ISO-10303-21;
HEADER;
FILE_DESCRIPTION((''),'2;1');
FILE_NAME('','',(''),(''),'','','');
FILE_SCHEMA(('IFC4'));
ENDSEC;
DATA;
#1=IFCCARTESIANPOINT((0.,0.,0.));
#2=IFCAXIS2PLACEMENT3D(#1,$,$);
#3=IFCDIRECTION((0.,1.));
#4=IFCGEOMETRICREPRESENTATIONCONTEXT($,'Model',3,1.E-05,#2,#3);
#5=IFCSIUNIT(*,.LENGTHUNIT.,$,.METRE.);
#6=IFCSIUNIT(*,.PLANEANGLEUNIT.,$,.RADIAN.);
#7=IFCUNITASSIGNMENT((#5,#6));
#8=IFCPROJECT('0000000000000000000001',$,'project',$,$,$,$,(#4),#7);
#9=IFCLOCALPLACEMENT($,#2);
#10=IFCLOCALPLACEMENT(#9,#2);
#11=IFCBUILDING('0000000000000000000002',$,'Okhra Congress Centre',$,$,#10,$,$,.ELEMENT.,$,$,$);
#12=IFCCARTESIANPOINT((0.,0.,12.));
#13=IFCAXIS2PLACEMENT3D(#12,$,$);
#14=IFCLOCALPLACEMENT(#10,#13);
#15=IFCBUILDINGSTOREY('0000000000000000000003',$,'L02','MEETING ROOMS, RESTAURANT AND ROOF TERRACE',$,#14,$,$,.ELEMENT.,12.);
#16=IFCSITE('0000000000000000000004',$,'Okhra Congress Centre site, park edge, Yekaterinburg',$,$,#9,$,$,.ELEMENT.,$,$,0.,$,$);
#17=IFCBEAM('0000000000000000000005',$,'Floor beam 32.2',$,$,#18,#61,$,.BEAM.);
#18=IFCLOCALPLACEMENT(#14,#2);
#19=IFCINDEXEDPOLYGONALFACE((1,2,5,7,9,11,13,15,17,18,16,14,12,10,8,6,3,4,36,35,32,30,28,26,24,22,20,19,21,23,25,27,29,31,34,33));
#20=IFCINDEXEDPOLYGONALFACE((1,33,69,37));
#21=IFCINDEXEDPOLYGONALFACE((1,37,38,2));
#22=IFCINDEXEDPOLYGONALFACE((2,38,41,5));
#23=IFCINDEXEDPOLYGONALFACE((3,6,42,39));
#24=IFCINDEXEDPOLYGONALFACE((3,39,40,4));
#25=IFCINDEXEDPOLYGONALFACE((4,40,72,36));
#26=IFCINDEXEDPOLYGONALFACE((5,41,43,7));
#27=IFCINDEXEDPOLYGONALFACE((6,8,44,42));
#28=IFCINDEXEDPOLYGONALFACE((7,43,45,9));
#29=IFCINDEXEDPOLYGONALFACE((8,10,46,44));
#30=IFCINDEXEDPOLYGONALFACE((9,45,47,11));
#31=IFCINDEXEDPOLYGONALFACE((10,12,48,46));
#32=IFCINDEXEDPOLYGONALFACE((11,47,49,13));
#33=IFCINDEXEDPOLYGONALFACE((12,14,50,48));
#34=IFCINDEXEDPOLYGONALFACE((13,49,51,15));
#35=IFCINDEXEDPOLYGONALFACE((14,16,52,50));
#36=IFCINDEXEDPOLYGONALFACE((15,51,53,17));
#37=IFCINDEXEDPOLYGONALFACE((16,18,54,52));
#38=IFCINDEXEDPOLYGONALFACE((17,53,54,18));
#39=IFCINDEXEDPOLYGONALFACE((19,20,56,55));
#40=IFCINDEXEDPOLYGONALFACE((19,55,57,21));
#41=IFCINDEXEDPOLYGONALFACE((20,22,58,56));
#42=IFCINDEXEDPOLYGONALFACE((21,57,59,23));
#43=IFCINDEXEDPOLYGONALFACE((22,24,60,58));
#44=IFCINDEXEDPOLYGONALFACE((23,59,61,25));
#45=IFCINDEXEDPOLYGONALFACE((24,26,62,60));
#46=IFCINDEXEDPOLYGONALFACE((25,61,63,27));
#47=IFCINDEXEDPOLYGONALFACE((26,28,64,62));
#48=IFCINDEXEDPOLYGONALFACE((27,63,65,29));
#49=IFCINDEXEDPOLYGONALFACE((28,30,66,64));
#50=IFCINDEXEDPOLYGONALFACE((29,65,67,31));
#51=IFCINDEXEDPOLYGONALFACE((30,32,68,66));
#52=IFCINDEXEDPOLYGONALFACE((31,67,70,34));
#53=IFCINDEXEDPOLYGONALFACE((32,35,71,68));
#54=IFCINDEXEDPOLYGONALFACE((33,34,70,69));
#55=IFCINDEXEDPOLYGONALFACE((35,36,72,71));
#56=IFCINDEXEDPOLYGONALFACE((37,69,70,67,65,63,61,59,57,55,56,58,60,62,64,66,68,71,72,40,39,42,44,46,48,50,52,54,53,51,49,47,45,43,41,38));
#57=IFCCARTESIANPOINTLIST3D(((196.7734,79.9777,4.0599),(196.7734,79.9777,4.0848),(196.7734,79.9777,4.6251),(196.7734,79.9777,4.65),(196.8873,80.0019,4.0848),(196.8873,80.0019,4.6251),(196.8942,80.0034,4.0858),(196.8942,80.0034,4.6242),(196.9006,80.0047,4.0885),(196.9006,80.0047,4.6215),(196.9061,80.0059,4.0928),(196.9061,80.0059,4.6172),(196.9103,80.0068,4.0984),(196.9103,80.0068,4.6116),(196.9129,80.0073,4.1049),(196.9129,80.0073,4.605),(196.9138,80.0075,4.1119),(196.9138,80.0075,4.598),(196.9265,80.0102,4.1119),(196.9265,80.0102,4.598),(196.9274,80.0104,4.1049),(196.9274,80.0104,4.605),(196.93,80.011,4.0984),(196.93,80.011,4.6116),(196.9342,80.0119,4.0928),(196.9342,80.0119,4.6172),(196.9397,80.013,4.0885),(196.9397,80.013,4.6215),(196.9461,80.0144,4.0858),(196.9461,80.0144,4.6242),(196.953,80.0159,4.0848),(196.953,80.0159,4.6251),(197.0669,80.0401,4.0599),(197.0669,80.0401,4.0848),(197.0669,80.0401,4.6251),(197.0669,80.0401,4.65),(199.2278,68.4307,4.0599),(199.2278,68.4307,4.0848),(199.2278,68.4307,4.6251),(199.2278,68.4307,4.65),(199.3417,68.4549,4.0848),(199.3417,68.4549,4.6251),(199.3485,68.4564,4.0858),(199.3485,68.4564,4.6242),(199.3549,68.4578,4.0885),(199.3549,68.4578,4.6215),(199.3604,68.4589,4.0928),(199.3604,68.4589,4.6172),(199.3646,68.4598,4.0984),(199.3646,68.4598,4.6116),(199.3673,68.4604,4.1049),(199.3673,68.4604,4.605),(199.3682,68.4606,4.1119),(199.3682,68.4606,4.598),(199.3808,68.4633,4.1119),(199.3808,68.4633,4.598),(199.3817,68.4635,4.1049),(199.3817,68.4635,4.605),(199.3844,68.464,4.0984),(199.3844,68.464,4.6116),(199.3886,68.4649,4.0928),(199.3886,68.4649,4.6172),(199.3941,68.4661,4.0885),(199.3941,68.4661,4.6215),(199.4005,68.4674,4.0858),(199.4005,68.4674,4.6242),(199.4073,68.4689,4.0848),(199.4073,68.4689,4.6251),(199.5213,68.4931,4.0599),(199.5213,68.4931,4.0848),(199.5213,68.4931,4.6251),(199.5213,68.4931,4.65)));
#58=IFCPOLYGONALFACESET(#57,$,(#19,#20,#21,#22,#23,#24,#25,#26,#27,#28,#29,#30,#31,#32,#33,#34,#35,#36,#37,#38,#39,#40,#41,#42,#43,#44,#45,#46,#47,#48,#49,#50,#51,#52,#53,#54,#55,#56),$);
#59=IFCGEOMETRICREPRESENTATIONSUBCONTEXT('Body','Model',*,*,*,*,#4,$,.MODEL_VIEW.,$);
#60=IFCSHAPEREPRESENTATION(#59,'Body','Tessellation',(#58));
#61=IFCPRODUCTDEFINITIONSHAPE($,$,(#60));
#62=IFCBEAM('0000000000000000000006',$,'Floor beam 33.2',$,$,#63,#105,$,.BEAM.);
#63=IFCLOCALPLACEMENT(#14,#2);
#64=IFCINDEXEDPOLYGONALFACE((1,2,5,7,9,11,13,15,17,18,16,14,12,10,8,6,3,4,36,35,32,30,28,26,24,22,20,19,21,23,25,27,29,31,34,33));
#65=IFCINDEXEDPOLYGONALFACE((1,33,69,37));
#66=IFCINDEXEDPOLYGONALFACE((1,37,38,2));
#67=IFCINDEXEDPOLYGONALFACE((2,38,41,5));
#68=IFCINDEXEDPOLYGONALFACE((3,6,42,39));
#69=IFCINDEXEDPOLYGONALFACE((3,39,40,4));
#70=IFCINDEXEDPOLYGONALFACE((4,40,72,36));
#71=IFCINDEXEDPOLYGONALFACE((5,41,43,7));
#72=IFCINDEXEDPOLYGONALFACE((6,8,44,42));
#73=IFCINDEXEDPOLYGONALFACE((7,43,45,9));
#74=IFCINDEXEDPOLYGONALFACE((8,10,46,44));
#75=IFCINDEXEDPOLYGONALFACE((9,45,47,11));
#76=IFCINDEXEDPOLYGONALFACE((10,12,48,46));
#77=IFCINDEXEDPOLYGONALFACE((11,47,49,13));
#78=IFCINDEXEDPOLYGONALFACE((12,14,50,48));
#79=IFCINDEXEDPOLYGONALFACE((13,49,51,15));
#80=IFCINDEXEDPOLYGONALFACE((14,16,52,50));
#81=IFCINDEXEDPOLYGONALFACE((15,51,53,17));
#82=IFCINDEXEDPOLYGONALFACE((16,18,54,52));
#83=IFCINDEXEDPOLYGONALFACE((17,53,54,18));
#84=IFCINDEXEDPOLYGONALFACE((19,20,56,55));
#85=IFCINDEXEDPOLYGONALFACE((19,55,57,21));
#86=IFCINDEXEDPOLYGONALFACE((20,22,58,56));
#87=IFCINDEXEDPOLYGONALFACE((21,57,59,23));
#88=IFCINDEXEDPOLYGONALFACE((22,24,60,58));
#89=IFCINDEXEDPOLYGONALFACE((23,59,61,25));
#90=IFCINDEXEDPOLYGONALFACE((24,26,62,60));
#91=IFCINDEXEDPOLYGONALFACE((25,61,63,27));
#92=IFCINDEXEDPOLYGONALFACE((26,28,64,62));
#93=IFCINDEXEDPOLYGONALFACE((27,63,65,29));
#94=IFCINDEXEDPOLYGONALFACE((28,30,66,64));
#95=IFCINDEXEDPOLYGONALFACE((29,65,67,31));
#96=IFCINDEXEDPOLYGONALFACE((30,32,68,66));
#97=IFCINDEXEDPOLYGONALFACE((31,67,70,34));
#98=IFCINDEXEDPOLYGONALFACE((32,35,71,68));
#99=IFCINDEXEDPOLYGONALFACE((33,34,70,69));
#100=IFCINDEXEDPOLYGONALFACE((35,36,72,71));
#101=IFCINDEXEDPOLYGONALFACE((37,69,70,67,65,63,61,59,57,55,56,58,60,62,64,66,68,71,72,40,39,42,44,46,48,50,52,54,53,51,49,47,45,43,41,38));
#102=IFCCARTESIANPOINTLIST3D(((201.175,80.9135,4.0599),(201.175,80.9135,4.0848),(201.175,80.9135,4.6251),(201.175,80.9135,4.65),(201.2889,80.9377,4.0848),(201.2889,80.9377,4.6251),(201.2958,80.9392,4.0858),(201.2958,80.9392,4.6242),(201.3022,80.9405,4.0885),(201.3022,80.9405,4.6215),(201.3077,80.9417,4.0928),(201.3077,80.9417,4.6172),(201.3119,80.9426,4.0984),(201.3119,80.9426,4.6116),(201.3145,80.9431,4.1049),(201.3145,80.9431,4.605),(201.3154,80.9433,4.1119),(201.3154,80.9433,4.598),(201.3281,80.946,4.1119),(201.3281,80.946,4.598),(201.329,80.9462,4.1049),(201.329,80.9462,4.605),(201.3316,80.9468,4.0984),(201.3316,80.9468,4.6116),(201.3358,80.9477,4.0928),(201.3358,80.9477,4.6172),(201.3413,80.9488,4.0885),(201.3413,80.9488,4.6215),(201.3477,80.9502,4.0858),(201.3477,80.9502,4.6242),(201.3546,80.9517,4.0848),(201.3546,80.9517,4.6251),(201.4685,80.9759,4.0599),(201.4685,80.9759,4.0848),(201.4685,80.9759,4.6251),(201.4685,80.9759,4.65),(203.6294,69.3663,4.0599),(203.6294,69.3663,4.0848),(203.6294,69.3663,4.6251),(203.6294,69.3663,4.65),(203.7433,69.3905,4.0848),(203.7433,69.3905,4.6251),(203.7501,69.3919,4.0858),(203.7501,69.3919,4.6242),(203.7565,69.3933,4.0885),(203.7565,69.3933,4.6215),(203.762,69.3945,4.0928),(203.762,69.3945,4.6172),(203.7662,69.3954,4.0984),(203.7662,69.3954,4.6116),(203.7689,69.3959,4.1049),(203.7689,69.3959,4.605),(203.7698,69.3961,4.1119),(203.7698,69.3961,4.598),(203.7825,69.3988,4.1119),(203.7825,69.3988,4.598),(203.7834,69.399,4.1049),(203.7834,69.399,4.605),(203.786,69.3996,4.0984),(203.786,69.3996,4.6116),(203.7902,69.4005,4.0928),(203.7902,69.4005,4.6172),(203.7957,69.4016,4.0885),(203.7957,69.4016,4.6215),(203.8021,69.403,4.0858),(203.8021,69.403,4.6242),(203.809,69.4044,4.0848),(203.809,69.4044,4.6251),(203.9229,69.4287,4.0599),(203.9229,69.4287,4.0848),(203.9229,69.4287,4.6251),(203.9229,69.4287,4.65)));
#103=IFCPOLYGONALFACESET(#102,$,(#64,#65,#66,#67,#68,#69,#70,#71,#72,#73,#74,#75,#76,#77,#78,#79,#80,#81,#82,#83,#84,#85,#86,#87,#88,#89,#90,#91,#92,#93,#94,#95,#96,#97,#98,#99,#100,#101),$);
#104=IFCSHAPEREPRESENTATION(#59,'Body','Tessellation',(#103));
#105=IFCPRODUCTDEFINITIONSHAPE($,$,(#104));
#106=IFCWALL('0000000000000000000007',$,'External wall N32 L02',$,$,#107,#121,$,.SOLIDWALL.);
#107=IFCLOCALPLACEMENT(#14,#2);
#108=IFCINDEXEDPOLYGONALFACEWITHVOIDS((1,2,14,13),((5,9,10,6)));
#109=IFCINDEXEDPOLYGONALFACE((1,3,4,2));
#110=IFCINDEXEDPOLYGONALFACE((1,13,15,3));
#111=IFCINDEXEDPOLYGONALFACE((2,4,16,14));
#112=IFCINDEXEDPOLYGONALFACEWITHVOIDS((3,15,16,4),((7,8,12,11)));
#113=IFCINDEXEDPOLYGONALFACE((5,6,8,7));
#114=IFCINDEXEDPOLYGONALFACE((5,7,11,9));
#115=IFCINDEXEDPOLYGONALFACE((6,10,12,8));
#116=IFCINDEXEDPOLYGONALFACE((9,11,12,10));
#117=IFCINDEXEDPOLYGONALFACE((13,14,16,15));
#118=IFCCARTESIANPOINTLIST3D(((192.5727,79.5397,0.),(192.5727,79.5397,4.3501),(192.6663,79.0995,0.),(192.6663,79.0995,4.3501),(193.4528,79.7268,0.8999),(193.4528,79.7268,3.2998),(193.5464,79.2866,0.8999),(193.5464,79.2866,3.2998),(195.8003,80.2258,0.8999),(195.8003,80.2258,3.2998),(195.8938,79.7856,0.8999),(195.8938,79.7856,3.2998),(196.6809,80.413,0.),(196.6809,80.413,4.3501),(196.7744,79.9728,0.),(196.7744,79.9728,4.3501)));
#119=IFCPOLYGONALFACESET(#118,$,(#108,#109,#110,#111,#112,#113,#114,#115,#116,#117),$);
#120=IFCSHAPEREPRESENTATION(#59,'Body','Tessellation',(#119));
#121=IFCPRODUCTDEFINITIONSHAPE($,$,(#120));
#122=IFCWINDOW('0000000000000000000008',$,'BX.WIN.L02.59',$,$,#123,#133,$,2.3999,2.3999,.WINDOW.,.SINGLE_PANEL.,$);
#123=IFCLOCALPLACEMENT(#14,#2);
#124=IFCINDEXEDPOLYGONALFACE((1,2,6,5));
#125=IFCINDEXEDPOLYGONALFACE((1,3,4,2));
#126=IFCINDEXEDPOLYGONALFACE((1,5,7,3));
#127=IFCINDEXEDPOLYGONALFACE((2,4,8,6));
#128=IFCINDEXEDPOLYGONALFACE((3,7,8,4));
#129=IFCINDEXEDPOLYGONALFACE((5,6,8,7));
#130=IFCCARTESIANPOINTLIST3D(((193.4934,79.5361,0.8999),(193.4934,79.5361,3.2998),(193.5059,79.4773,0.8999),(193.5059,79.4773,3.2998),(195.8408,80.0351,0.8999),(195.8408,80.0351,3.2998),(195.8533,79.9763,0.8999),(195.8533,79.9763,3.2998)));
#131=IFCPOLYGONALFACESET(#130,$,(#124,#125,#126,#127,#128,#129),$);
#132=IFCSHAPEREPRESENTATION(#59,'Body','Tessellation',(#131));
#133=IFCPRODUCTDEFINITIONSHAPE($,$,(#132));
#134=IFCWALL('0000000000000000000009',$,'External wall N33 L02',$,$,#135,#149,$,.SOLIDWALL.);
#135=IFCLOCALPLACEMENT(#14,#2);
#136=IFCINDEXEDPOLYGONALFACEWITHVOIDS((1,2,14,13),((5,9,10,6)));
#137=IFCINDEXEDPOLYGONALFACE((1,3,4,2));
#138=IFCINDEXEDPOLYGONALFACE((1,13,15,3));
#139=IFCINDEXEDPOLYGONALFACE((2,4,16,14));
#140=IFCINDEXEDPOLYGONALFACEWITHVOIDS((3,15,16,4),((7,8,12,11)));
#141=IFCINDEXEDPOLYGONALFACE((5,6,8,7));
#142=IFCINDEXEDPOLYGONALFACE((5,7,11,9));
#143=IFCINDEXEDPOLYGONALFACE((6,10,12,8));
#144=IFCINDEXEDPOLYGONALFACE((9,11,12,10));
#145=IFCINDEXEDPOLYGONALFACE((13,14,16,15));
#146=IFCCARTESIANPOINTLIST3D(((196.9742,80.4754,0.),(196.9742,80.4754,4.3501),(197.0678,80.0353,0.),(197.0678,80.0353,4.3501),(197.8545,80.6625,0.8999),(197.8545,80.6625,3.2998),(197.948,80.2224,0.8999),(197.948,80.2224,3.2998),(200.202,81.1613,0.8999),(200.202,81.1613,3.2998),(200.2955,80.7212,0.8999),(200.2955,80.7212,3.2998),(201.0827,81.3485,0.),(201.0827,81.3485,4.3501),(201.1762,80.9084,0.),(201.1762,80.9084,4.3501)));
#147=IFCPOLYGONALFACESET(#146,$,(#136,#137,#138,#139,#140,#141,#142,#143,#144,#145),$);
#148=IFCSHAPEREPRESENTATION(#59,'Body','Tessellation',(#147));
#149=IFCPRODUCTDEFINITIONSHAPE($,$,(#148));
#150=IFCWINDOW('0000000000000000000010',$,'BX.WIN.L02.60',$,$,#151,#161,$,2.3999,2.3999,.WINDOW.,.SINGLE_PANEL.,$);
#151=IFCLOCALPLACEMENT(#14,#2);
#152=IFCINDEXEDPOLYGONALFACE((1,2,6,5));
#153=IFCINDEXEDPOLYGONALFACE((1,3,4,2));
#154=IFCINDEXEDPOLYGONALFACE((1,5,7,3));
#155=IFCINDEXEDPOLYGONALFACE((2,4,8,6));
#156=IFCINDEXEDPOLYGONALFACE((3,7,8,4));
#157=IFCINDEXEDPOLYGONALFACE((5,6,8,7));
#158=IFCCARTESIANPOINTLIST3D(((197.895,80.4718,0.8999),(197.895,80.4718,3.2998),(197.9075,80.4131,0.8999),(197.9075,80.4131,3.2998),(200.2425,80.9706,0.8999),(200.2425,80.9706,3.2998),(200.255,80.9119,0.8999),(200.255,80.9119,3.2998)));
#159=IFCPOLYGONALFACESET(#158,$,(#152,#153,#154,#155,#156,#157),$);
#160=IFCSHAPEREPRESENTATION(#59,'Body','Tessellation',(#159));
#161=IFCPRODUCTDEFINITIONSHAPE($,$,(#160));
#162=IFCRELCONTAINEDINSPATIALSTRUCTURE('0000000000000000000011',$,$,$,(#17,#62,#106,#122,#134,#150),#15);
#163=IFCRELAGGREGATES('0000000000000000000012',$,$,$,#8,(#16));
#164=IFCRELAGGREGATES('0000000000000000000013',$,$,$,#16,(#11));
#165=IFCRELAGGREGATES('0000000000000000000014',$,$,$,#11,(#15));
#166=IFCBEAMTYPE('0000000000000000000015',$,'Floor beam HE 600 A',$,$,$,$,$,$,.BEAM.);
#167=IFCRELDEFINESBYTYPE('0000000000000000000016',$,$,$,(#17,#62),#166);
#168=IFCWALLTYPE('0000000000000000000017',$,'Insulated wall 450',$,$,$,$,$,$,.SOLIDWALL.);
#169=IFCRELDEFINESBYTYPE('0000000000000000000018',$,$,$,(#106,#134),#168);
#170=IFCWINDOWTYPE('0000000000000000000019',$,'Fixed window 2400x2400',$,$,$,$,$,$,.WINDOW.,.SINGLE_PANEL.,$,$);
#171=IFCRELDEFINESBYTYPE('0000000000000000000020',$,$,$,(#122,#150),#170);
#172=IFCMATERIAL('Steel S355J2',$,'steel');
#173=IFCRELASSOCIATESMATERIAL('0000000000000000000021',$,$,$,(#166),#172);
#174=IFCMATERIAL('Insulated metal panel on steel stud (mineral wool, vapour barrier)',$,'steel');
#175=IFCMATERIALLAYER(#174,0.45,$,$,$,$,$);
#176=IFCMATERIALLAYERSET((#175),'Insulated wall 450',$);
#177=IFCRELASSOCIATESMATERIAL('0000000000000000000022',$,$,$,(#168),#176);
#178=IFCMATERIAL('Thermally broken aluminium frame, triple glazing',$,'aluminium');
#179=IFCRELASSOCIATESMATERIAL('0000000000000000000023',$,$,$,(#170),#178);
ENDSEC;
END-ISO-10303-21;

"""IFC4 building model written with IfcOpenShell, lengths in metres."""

from ifc_helpers import new_model, si_unit, direction, frame, frame_2d, origin, origin_2d, place, context, subcontext, project, spatial, rectangle, i_section, extrude, material, layer, layer_set, material_profile, profile_set, type_object, element, fill, save


model = new_model("IFC4")

# Units and contexts
model_context = context("Model", 3, precision=1e-05, world=origin(), true_north=direction((0.0, 1.0)))
body_context = subcontext(model_context, "Body", "Model", "MODEL_VIEW")
ifc_project = project(units=[si_unit("LENGTHUNIT", "METRE"), si_unit("PLANEANGLEUNIT", "RADIAN")], contexts=[model_context])

# Site, building, storey
site_placement = place(None, origin())
site = spatial("IfcSite", under=ifc_project, at=site_placement, Name="Okhra Congress Centre site, park edge, Yekaterinburg", CompositionType="ELEMENT", RefElevation=0.0)
building_placement = place(site_placement, origin())
building = spatial("IfcBuilding", under=site, at=building_placement, Name="Okhra Congress Centre", CompositionType="ELEMENT")
storey_placement = place(building_placement, frame((0.0, 0.0, 12.0)))
storey = spatial("IfcBuildingStorey", under=building, at=storey_placement, Name="L02", Description="MEETING ROOMS, RESTAURANT AND ROOF TERRACE", CompositionType="ELEMENT", Elevation=12.0)

# Shared definitions
ifc_material_1 = material(Name="Steel S355J2", Category="steel")

# Beams
ifc_material_profile_1 = material_profile(ifc_material_1, i_section(OverallWidth=0.3, OverallDepth=0.5901, WebThickness=0.0129, FlangeThickness=0.0249, FilletRadius=0.0271, at=origin_2d()), Name="HE 600 A")
ifc_profile_set_1 = profile_set([ifc_material_profile_1], Name="Steel S355J2")
beam_type_1 = type_object("IfcBeamType", Name="Floor beam HE 600 A", PredefinedType="BEAM", material=ifc_profile_set_1)
beam_1_placement = place(storey_placement, frame((199.3745, 68.4619, 4.355), z_axis=(-0.20791, 0.978148, 0.0), x_axis=(-0.978148, -0.20791, 0.0)))
element("IfcBeam", 1, at=beam_1_placement, inside=storey, type_object=beam_type_1, Name="Floor beam 32.2", PredefinedType="BEAM", context=body_context, shape_type="SweptSolid", body=[
    extrude(i_section(OverallWidth=0.3, OverallDepth=0.5901, WebThickness=0.0129, FlangeThickness=0.0249, FilletRadius=0.0271, at=origin_2d()), origin(), (0.0, 0.0, 1.0), 11.8049),
])
beam_2_placement = place(storey_placement, frame((203.7761, 69.3975, 4.355), z_axis=(-0.207906, 0.978149, 0.0), x_axis=(-0.978149, -0.207906, 0.0)))
element("IfcBeam", 2, at=beam_2_placement, inside=storey, type_object=beam_type_1, Name="Floor beam 33.2", PredefinedType="BEAM", context=body_context, shape_type="SweptSolid", body=[
    extrude(i_section(OverallWidth=0.3, OverallDepth=0.5901, WebThickness=0.0129, FlangeThickness=0.0249, FilletRadius=0.0271, at=origin_2d()), origin(), (0.0, 0.0, 1.0), 11.8052),
])

# Walls, openings, windows
ifc_material_2 = material(Name="Insulated metal panel on steel stud (mineral wool, vapour barrier)", Category="steel")
ifc_layer_1 = layer(ifc_material_2, 0.45)
ifc_layer_set_1 = layer_set([ifc_layer_1], Name="Insulated wall 450")
wall_type_1 = type_object("IfcWallType", Name="Insulated wall 450", PredefinedType="SOLIDWALL", material=ifc_layer_set_1)
wall_1_placement = place(storey_placement, frame((192.6194, 79.3196, 0.0), z_axis=(0.0, 0.0, 1.0), x_axis=(0.978144, 0.207929, 0.0)))
wall_1 = element("IfcWall", 3, at=wall_1_placement, inside=storey, type_object=wall_type_1, Name="External wall N32 L02", PredefinedType="SOLIDWALL", context=body_context, shape_type="SweptSolid", body=[
    extrude(rectangle(XDim=4.2, YDim=0.45, at=frame_2d((2.1001, 0.0))), origin(), (0.0, 0.0, 1.0), 4.3501),
])
opening_1_placement = place(wall_1_placement, frame((0.8999, 0.0, 0.8999)))
opening_1 = element("IfcOpeningElement", 4, at=opening_1_placement, cuts=wall_1, PredefinedType="OPENING", context=body_context, shape_type="SweptSolid", body=[
    extrude(rectangle(XDim=2.3999, YDim=2.3999, at=frame_2d((1.2, 1.2))), frame((0.0, 0.2349, 0.0), z_axis=(0.0, -1.0, 0.0), x_axis=(1.0, 0.0, 0.0)), (0.0, 0.0, 1.0), 0.47),
])
ifc_material_3 = material(Name="Thermally broken aluminium frame, triple glazing", Category="aluminium")
window_type = type_object("IfcWindowType", Name="Fixed window 2400x2400", PartitioningType="SINGLE_PANEL", PredefinedType="WINDOW", material=ifc_material_3)
window_1_placement = place(opening_1_placement, origin())
window_1 = element("IfcWindow", 5, at=window_1_placement, inside=storey, type_object=window_type, Name="BX.WIN.L02.59", OverallHeight=2.3999, OverallWidth=2.3999, PartitioningType="SINGLE_PANEL", PredefinedType="WINDOW", context=body_context, shape_type="SweptSolid", body=[
    extrude(rectangle(XDim=2.3999, YDim=2.3999, at=frame_2d((1.2, 1.2))), frame((0.0, 0.03, 0.0), z_axis=(0.0, -1.0, 0.0), x_axis=(1.0, 0.0, 0.0)), (0.0, 0.0, 1.0), 0.0601),
])
fill(opening_1, window_1)
wall_2_placement = place(storey_placement, frame((197.021, 80.2554, 0.0), z_axis=(0.0, 0.0, 1.0), x_axis=(0.978158, 0.207862, 0.0)))
wall_2 = element("IfcWall", 6, at=wall_2_placement, inside=storey, type_object=wall_type_1, Name="External wall N33 L02", PredefinedType="SOLIDWALL", context=body_context, shape_type="SweptSolid", body=[
    extrude(rectangle(XDim=4.2002, YDim=0.45, at=frame_2d((2.1001, 0.0))), origin(), (0.0, 0.0, 1.0), 4.3501),
])
opening_2_placement = place(wall_2_placement, frame((0.8999, 0.0, 0.8999)))
opening_2 = element("IfcOpeningElement", 7, at=opening_2_placement, cuts=wall_2, PredefinedType="OPENING", context=body_context, shape_type="SweptSolid", body=[
    extrude(rectangle(XDim=2.3999, YDim=2.3999, at=frame_2d((1.2, 1.2))), frame((0.0, 0.2349, 0.0), z_axis=(0.0, -1.0, 0.0), x_axis=(1.0, 0.0, 0.0)), (0.0, 0.0, 1.0), 0.47),
])
window_2_placement = place(opening_2_placement, origin())
window_2 = element("IfcWindow", 8, at=window_2_placement, inside=storey, type_object=window_type, Name="BX.WIN.L02.60", OverallHeight=2.3999, OverallWidth=2.3999, PartitioningType="SINGLE_PANEL", PredefinedType="WINDOW", context=body_context, shape_type="SweptSolid", body=[
    extrude(rectangle(XDim=2.3999, YDim=2.3999, at=frame_2d((1.2, 1.2))), frame((0.0, 0.03, 0.0), z_axis=(0.0, -1.0, 0.0), x_axis=(1.0, 0.0, 0.0)), (0.0, 0.0, 1.0), 0.0601),
])
fill(opening_2, window_2)

save(model, "model.ifc")
